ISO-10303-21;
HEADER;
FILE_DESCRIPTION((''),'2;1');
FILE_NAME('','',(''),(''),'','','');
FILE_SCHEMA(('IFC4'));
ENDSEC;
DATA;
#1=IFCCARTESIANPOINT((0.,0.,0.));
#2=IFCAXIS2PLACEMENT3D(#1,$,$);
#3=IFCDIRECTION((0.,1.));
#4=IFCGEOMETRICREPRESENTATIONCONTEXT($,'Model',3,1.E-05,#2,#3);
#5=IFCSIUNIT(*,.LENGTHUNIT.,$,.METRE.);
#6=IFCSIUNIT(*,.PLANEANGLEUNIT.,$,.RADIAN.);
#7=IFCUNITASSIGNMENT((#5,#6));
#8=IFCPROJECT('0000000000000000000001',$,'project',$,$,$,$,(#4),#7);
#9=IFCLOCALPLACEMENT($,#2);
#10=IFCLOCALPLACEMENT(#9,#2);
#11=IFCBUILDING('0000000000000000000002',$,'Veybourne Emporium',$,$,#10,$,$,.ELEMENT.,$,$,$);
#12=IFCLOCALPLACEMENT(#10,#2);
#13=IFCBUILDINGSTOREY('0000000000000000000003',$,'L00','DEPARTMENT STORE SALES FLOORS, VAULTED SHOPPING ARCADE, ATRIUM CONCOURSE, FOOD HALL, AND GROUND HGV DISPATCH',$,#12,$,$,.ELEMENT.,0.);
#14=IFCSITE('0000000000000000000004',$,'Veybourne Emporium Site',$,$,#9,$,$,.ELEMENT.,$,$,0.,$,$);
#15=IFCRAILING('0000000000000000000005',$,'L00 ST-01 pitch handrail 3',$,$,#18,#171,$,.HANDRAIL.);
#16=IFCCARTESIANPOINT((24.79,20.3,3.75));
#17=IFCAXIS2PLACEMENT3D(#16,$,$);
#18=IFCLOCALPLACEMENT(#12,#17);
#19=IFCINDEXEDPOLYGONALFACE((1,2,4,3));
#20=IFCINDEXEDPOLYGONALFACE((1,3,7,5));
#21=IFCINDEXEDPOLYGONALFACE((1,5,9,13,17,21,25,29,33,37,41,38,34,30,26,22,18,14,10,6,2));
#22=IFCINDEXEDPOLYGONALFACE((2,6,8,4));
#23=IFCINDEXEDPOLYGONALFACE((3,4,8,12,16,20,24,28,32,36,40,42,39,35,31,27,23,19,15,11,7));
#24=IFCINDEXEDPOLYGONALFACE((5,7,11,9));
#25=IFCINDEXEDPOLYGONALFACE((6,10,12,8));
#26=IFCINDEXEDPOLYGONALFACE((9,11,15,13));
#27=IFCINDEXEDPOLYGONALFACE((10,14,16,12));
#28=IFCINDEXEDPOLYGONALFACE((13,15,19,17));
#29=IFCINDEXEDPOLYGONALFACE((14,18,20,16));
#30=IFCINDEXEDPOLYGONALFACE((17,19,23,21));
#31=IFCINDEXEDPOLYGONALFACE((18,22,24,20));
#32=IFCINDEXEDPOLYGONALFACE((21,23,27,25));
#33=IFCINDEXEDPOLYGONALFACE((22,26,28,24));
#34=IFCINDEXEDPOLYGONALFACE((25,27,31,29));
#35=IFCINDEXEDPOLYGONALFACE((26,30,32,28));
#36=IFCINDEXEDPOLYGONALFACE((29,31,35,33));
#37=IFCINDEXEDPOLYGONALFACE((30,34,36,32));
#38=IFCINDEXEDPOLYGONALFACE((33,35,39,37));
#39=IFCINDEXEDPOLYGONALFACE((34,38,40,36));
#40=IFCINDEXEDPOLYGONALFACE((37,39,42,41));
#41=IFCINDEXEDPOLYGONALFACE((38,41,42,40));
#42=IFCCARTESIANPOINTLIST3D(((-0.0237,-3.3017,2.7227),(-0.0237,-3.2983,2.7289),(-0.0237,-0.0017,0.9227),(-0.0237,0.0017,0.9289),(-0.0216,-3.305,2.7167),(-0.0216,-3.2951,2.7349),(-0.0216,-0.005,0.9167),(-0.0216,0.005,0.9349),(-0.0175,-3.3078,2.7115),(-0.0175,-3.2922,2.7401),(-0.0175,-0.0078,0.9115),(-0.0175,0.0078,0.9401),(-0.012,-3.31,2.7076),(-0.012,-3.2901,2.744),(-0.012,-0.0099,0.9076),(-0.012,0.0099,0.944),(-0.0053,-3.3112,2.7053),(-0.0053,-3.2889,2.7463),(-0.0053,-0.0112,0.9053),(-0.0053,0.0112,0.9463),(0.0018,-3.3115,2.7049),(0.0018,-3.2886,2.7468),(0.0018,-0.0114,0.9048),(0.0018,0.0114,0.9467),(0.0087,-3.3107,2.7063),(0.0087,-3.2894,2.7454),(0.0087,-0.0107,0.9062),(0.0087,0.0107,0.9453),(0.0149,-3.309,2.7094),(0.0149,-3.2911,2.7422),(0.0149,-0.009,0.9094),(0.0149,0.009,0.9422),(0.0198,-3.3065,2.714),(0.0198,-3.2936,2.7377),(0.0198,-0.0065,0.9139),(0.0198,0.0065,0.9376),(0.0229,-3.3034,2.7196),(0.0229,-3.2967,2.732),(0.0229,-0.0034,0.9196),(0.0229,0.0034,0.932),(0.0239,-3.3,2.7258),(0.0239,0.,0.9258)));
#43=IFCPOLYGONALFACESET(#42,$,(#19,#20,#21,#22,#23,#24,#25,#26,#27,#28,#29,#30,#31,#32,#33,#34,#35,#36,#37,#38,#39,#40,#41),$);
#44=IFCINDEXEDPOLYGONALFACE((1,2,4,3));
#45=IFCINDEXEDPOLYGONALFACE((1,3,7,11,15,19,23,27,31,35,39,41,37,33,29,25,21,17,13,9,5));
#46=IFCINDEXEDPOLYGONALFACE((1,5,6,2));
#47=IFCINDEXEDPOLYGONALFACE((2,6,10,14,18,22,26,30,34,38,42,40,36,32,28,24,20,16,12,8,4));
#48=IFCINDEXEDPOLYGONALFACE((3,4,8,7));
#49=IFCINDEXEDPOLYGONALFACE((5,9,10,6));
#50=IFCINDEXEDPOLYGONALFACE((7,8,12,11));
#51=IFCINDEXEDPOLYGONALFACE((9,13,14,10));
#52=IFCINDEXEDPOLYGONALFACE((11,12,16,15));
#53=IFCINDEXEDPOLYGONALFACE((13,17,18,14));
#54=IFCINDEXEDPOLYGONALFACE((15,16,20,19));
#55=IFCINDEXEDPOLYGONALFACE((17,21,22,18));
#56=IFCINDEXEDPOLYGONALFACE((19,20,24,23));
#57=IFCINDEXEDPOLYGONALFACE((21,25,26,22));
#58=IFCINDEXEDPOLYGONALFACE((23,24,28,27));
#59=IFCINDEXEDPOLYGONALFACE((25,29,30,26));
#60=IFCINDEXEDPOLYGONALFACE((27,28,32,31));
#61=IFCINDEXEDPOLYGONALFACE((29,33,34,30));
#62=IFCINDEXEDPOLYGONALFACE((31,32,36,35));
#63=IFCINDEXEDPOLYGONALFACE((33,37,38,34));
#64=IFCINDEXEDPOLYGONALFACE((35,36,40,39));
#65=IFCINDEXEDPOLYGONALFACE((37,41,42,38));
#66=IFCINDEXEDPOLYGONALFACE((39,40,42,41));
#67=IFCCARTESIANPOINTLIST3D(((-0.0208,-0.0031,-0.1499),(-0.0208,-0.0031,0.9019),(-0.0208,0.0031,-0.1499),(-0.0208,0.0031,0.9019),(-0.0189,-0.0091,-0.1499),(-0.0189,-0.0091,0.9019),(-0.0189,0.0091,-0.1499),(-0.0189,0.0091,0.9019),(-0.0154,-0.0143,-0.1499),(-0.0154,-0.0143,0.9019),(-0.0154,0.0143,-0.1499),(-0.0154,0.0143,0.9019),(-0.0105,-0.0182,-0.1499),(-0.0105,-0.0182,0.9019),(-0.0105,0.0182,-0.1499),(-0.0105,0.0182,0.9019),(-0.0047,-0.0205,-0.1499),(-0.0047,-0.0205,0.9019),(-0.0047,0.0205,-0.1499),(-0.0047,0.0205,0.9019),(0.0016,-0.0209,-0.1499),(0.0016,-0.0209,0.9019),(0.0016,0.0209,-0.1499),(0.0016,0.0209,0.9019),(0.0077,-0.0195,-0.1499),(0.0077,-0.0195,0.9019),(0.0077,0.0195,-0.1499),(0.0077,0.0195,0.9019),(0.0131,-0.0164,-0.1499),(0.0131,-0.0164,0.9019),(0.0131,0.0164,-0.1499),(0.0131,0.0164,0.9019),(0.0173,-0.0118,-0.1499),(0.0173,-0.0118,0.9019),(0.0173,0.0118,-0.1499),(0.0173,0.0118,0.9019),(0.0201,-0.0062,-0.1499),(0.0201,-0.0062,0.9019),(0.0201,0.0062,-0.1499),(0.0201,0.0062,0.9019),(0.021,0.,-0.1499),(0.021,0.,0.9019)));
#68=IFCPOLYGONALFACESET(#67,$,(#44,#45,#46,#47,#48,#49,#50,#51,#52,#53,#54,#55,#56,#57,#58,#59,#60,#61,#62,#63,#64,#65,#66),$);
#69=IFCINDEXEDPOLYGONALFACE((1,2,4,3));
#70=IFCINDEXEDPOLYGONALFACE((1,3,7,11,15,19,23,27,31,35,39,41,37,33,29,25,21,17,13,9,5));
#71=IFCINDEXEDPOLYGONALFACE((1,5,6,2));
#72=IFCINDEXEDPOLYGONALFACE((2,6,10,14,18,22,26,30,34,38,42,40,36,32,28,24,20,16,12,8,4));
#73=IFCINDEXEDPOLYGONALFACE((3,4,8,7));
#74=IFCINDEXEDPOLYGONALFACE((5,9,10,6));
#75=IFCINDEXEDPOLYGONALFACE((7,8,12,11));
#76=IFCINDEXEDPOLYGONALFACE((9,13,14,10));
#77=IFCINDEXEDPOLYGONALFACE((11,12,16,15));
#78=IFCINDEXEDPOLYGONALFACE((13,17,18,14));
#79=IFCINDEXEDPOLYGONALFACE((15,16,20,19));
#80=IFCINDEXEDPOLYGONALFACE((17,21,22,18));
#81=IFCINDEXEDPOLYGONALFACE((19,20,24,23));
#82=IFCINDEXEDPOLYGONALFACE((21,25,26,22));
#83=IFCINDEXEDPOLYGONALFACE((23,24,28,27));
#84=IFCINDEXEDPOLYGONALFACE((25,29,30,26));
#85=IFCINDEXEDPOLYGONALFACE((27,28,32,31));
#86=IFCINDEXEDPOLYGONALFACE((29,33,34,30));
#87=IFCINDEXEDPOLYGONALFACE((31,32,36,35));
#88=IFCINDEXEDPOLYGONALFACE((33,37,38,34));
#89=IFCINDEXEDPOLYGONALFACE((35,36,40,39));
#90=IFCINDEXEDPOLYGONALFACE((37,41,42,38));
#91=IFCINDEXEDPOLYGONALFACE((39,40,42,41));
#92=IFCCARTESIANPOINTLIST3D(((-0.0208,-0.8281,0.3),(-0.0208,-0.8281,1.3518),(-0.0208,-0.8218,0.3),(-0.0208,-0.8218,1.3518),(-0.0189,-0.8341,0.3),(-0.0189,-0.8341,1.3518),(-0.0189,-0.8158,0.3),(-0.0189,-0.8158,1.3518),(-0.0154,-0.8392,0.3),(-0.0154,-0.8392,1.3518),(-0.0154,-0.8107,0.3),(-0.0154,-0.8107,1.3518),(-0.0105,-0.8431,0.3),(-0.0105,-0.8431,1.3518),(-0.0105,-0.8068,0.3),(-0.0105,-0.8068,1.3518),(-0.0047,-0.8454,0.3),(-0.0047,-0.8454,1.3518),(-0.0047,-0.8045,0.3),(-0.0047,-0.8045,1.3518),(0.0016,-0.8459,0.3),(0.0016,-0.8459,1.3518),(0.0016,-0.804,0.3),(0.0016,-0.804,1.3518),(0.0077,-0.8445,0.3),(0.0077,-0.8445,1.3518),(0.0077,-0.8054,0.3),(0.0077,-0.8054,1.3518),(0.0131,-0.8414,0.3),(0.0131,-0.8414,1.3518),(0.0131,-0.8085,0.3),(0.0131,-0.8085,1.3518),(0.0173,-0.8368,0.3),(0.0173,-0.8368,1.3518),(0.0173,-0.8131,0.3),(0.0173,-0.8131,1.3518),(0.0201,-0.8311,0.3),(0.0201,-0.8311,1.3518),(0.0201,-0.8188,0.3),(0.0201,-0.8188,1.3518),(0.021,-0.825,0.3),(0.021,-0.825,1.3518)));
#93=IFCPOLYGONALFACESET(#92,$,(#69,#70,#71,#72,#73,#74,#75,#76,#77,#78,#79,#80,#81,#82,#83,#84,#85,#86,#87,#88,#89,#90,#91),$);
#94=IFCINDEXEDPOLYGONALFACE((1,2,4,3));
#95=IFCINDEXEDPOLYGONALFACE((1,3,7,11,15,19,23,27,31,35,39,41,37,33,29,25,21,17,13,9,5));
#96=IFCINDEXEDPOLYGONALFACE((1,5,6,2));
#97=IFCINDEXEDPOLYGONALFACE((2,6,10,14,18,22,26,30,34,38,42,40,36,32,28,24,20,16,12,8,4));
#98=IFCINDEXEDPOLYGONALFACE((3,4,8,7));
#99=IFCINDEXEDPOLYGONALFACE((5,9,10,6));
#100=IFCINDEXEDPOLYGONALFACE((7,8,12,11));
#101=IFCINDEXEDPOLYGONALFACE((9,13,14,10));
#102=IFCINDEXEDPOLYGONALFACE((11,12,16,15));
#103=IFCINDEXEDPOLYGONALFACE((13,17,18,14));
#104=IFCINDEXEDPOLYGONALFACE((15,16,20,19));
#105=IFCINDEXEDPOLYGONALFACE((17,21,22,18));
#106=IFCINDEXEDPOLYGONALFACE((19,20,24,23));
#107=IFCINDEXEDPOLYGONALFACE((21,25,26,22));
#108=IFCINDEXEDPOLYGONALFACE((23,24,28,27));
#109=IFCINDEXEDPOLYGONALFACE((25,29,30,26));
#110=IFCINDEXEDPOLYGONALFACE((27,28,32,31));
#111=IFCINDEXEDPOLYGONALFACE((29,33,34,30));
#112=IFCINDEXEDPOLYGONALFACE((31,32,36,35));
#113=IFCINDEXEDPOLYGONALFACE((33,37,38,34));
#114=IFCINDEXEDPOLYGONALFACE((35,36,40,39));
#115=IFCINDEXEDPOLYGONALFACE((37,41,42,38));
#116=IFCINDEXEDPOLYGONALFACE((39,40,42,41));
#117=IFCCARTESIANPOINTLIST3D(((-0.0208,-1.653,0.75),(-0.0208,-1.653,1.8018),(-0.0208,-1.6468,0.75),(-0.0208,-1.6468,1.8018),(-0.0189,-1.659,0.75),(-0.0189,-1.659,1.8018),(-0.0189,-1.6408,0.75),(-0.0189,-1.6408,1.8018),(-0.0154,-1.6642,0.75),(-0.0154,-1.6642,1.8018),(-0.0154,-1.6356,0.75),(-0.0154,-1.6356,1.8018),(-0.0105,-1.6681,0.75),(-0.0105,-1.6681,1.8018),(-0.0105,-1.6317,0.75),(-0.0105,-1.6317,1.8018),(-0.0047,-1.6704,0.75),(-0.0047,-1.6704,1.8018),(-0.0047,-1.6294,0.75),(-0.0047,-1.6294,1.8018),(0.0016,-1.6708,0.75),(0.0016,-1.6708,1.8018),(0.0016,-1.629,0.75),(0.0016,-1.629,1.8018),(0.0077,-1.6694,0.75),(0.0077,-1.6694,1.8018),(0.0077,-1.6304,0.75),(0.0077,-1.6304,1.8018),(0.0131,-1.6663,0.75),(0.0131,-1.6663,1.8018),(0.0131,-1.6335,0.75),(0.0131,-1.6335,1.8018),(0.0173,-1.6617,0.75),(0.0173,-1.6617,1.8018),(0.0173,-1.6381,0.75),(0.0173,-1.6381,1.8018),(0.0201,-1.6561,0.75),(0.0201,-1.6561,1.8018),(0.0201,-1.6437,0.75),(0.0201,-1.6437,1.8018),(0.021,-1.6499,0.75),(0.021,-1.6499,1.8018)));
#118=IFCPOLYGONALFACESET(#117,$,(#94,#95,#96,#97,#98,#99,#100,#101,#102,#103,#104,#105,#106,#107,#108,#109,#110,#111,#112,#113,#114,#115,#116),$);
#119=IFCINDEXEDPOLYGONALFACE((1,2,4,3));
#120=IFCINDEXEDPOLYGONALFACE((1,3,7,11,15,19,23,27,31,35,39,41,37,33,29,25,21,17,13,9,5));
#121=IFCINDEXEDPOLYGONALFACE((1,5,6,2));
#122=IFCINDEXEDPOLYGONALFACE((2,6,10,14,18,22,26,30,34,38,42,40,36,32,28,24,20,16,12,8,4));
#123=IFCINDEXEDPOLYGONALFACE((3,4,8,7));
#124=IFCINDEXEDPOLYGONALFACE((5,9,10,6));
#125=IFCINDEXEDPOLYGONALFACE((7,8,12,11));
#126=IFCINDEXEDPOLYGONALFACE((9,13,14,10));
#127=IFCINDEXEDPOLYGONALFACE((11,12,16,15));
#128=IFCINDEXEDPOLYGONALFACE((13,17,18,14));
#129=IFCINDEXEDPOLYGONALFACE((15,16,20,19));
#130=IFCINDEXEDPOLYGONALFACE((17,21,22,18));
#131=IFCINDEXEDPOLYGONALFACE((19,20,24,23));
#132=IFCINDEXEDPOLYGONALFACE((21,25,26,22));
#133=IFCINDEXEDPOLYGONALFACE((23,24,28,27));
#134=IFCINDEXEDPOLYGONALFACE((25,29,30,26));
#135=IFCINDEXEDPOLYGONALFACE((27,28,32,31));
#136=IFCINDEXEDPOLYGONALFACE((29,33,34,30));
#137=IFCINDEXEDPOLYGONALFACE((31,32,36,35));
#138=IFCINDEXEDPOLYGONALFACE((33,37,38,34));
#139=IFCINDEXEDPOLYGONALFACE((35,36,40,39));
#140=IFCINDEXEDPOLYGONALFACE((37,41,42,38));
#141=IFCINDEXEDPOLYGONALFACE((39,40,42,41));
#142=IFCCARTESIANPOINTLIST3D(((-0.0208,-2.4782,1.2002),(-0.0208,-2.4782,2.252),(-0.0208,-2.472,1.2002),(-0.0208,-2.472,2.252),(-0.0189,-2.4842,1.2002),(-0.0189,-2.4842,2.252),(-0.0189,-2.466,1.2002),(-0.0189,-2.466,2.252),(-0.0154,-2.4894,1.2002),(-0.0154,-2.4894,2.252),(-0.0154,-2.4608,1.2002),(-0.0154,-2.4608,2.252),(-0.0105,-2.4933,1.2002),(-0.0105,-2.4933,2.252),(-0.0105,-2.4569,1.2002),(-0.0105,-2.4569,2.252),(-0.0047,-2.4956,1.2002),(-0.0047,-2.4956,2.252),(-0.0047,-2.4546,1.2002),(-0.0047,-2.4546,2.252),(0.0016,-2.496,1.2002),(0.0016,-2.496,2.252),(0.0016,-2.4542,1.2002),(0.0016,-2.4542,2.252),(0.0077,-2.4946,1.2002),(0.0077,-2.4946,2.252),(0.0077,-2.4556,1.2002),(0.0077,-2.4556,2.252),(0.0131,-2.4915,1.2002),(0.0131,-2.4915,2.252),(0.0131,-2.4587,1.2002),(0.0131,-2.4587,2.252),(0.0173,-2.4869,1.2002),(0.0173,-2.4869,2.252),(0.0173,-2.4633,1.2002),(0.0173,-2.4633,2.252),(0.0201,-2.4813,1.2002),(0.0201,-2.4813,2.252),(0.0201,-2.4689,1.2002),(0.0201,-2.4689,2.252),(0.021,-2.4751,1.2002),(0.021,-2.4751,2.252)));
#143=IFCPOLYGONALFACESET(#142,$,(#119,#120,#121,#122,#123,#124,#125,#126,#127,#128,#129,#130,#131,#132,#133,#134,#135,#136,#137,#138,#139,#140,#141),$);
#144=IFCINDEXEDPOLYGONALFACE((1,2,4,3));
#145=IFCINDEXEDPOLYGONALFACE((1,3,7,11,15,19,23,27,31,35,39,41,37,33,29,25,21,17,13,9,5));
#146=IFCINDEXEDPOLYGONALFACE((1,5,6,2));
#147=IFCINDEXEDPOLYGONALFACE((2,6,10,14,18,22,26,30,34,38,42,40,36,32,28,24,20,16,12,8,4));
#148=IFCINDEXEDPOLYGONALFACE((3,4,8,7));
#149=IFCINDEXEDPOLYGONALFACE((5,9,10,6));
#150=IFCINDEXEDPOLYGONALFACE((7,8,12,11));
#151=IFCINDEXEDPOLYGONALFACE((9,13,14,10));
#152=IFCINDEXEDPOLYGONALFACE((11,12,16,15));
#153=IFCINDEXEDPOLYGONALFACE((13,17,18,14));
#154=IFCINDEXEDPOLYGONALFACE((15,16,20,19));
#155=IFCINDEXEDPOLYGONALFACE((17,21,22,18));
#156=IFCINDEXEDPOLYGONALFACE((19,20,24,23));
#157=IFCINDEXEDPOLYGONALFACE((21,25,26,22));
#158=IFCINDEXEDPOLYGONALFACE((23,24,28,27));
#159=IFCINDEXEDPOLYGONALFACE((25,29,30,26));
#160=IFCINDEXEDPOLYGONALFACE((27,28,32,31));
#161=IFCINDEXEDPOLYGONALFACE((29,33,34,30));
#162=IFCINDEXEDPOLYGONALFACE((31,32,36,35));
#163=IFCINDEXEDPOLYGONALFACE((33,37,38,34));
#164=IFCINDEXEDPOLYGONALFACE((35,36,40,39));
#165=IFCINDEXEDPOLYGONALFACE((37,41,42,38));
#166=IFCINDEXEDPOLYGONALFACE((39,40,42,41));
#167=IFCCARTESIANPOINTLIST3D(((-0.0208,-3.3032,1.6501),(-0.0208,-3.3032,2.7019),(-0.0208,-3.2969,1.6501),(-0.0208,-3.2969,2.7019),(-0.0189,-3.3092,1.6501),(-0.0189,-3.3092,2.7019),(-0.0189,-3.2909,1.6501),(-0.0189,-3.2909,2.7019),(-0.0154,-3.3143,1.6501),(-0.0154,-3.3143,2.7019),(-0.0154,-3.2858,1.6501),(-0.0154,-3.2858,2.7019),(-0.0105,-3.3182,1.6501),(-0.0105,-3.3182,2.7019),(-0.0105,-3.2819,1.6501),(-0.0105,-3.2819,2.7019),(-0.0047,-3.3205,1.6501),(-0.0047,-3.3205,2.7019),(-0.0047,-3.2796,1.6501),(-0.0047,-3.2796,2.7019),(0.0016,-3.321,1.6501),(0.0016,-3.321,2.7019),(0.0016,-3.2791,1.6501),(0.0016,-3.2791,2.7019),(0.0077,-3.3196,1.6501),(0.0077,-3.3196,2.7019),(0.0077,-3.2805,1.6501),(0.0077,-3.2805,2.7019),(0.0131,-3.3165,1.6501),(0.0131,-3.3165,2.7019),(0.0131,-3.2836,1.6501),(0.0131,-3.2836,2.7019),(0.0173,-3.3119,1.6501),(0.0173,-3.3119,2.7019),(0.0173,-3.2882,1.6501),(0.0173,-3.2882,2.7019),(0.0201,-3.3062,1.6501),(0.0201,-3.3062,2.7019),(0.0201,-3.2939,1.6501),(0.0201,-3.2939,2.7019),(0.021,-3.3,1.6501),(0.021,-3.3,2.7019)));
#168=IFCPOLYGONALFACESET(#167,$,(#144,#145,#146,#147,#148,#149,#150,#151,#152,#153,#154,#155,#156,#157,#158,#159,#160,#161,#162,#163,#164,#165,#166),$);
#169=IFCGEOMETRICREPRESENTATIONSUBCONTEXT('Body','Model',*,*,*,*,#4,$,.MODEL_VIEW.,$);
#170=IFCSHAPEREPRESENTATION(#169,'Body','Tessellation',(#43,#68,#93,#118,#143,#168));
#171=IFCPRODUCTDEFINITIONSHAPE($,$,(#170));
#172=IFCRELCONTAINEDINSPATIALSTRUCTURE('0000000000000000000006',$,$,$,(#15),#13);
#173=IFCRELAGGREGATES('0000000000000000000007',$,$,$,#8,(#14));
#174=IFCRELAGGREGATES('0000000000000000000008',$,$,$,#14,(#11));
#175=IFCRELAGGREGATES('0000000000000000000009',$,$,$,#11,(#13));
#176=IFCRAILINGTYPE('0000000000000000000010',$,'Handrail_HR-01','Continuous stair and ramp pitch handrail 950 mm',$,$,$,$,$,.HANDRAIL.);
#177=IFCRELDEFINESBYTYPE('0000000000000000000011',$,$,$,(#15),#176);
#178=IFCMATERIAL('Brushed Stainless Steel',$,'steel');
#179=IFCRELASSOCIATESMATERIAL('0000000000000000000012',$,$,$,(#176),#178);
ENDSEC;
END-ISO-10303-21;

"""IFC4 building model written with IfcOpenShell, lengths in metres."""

from ifc_helpers import new_model, si_unit, direction, frame, origin, origin_2d, place, context, subcontext, project, spatial, circle, extrude, material, type_object, element, save


model = new_model("IFC4")

# Units and contexts
model_context = context("Model", 3, precision=1e-05, world=origin(), true_north=direction((0.0, 1.0)))
body_context = subcontext(model_context, "Body", "Model", "MODEL_VIEW")
ifc_project = project(units=[si_unit("LENGTHUNIT", "METRE"), si_unit("PLANEANGLEUNIT", "RADIAN")], contexts=[model_context])

# Site, building, storey
site_placement = place(None, origin())
site = spatial("IfcSite", under=ifc_project, at=site_placement, Name="Veybourne Emporium Site", CompositionType="ELEMENT", RefElevation=0.0)
building_placement = place(site_placement, origin())
building = spatial("IfcBuilding", under=site, at=building_placement, Name="Veybourne Emporium", CompositionType="ELEMENT")
storey_placement = place(building_placement, origin())
storey = spatial("IfcBuildingStorey", under=building, at=storey_placement, Name="L00", Description="DEPARTMENT STORE SALES FLOORS, VAULTED SHOPPING ARCADE, ATRIUM CONCOURSE, FOOD HALL, AND GROUND HGV DISPATCH", CompositionType="ELEMENT", Elevation=0.0)

# Railing
ifc_material_1 = material(Name="Brushed Stainless Steel", Category="steel")
railing_type_1 = type_object("IfcRailingType", Name="Handrail_HR-01", Description="Continuous stair and ramp pitch handrail 950 mm", PredefinedType="HANDRAIL", material=ifc_material_1)
railing_1_placement = place(storey_placement, frame((24.79, 20.3, 3.75)))
element("IfcRailing", 1, at=railing_1_placement, inside=storey, type_object=railing_type_1, Name="L00 ST-01 pitch handrail 3", PredefinedType="HANDRAIL", context=body_context, shape_type="SweptSolid", body=[
    extrude(circle(Radius=0.0239, at=origin_2d()), frame((0.0, 0.0, 0.9258), z_axis=(0.0, -0.877893, 0.478857), x_axis=(1.0, 0.0, 0.0)), (0.0, 0.0, 1.0), 3.759),
    extrude(circle(Radius=0.021, at=origin_2d()), frame((0.0, 0.0, -0.1499)), (0.0, 0.0, 1.0), 1.0518),
    extrude(circle(Radius=0.021, at=origin_2d()), frame((0.0, -0.825, 0.3)), (0.0, 0.0, 1.0), 1.0518),
    extrude(circle(Radius=0.021, at=origin_2d()), frame((0.0, -1.6499, 0.75)), (0.0, 0.0, 1.0), 1.0518),
    extrude(circle(Radius=0.021, at=origin_2d()), frame((0.0, -2.4751, 1.2002)), (0.0, 0.0, 1.0), 1.0518),
    extrude(circle(Radius=0.021, at=origin_2d()), frame((0.0, -3.3, 1.6501)), (0.0, 0.0, 1.0), 1.0518),
])

save(model, "model.ifc")
